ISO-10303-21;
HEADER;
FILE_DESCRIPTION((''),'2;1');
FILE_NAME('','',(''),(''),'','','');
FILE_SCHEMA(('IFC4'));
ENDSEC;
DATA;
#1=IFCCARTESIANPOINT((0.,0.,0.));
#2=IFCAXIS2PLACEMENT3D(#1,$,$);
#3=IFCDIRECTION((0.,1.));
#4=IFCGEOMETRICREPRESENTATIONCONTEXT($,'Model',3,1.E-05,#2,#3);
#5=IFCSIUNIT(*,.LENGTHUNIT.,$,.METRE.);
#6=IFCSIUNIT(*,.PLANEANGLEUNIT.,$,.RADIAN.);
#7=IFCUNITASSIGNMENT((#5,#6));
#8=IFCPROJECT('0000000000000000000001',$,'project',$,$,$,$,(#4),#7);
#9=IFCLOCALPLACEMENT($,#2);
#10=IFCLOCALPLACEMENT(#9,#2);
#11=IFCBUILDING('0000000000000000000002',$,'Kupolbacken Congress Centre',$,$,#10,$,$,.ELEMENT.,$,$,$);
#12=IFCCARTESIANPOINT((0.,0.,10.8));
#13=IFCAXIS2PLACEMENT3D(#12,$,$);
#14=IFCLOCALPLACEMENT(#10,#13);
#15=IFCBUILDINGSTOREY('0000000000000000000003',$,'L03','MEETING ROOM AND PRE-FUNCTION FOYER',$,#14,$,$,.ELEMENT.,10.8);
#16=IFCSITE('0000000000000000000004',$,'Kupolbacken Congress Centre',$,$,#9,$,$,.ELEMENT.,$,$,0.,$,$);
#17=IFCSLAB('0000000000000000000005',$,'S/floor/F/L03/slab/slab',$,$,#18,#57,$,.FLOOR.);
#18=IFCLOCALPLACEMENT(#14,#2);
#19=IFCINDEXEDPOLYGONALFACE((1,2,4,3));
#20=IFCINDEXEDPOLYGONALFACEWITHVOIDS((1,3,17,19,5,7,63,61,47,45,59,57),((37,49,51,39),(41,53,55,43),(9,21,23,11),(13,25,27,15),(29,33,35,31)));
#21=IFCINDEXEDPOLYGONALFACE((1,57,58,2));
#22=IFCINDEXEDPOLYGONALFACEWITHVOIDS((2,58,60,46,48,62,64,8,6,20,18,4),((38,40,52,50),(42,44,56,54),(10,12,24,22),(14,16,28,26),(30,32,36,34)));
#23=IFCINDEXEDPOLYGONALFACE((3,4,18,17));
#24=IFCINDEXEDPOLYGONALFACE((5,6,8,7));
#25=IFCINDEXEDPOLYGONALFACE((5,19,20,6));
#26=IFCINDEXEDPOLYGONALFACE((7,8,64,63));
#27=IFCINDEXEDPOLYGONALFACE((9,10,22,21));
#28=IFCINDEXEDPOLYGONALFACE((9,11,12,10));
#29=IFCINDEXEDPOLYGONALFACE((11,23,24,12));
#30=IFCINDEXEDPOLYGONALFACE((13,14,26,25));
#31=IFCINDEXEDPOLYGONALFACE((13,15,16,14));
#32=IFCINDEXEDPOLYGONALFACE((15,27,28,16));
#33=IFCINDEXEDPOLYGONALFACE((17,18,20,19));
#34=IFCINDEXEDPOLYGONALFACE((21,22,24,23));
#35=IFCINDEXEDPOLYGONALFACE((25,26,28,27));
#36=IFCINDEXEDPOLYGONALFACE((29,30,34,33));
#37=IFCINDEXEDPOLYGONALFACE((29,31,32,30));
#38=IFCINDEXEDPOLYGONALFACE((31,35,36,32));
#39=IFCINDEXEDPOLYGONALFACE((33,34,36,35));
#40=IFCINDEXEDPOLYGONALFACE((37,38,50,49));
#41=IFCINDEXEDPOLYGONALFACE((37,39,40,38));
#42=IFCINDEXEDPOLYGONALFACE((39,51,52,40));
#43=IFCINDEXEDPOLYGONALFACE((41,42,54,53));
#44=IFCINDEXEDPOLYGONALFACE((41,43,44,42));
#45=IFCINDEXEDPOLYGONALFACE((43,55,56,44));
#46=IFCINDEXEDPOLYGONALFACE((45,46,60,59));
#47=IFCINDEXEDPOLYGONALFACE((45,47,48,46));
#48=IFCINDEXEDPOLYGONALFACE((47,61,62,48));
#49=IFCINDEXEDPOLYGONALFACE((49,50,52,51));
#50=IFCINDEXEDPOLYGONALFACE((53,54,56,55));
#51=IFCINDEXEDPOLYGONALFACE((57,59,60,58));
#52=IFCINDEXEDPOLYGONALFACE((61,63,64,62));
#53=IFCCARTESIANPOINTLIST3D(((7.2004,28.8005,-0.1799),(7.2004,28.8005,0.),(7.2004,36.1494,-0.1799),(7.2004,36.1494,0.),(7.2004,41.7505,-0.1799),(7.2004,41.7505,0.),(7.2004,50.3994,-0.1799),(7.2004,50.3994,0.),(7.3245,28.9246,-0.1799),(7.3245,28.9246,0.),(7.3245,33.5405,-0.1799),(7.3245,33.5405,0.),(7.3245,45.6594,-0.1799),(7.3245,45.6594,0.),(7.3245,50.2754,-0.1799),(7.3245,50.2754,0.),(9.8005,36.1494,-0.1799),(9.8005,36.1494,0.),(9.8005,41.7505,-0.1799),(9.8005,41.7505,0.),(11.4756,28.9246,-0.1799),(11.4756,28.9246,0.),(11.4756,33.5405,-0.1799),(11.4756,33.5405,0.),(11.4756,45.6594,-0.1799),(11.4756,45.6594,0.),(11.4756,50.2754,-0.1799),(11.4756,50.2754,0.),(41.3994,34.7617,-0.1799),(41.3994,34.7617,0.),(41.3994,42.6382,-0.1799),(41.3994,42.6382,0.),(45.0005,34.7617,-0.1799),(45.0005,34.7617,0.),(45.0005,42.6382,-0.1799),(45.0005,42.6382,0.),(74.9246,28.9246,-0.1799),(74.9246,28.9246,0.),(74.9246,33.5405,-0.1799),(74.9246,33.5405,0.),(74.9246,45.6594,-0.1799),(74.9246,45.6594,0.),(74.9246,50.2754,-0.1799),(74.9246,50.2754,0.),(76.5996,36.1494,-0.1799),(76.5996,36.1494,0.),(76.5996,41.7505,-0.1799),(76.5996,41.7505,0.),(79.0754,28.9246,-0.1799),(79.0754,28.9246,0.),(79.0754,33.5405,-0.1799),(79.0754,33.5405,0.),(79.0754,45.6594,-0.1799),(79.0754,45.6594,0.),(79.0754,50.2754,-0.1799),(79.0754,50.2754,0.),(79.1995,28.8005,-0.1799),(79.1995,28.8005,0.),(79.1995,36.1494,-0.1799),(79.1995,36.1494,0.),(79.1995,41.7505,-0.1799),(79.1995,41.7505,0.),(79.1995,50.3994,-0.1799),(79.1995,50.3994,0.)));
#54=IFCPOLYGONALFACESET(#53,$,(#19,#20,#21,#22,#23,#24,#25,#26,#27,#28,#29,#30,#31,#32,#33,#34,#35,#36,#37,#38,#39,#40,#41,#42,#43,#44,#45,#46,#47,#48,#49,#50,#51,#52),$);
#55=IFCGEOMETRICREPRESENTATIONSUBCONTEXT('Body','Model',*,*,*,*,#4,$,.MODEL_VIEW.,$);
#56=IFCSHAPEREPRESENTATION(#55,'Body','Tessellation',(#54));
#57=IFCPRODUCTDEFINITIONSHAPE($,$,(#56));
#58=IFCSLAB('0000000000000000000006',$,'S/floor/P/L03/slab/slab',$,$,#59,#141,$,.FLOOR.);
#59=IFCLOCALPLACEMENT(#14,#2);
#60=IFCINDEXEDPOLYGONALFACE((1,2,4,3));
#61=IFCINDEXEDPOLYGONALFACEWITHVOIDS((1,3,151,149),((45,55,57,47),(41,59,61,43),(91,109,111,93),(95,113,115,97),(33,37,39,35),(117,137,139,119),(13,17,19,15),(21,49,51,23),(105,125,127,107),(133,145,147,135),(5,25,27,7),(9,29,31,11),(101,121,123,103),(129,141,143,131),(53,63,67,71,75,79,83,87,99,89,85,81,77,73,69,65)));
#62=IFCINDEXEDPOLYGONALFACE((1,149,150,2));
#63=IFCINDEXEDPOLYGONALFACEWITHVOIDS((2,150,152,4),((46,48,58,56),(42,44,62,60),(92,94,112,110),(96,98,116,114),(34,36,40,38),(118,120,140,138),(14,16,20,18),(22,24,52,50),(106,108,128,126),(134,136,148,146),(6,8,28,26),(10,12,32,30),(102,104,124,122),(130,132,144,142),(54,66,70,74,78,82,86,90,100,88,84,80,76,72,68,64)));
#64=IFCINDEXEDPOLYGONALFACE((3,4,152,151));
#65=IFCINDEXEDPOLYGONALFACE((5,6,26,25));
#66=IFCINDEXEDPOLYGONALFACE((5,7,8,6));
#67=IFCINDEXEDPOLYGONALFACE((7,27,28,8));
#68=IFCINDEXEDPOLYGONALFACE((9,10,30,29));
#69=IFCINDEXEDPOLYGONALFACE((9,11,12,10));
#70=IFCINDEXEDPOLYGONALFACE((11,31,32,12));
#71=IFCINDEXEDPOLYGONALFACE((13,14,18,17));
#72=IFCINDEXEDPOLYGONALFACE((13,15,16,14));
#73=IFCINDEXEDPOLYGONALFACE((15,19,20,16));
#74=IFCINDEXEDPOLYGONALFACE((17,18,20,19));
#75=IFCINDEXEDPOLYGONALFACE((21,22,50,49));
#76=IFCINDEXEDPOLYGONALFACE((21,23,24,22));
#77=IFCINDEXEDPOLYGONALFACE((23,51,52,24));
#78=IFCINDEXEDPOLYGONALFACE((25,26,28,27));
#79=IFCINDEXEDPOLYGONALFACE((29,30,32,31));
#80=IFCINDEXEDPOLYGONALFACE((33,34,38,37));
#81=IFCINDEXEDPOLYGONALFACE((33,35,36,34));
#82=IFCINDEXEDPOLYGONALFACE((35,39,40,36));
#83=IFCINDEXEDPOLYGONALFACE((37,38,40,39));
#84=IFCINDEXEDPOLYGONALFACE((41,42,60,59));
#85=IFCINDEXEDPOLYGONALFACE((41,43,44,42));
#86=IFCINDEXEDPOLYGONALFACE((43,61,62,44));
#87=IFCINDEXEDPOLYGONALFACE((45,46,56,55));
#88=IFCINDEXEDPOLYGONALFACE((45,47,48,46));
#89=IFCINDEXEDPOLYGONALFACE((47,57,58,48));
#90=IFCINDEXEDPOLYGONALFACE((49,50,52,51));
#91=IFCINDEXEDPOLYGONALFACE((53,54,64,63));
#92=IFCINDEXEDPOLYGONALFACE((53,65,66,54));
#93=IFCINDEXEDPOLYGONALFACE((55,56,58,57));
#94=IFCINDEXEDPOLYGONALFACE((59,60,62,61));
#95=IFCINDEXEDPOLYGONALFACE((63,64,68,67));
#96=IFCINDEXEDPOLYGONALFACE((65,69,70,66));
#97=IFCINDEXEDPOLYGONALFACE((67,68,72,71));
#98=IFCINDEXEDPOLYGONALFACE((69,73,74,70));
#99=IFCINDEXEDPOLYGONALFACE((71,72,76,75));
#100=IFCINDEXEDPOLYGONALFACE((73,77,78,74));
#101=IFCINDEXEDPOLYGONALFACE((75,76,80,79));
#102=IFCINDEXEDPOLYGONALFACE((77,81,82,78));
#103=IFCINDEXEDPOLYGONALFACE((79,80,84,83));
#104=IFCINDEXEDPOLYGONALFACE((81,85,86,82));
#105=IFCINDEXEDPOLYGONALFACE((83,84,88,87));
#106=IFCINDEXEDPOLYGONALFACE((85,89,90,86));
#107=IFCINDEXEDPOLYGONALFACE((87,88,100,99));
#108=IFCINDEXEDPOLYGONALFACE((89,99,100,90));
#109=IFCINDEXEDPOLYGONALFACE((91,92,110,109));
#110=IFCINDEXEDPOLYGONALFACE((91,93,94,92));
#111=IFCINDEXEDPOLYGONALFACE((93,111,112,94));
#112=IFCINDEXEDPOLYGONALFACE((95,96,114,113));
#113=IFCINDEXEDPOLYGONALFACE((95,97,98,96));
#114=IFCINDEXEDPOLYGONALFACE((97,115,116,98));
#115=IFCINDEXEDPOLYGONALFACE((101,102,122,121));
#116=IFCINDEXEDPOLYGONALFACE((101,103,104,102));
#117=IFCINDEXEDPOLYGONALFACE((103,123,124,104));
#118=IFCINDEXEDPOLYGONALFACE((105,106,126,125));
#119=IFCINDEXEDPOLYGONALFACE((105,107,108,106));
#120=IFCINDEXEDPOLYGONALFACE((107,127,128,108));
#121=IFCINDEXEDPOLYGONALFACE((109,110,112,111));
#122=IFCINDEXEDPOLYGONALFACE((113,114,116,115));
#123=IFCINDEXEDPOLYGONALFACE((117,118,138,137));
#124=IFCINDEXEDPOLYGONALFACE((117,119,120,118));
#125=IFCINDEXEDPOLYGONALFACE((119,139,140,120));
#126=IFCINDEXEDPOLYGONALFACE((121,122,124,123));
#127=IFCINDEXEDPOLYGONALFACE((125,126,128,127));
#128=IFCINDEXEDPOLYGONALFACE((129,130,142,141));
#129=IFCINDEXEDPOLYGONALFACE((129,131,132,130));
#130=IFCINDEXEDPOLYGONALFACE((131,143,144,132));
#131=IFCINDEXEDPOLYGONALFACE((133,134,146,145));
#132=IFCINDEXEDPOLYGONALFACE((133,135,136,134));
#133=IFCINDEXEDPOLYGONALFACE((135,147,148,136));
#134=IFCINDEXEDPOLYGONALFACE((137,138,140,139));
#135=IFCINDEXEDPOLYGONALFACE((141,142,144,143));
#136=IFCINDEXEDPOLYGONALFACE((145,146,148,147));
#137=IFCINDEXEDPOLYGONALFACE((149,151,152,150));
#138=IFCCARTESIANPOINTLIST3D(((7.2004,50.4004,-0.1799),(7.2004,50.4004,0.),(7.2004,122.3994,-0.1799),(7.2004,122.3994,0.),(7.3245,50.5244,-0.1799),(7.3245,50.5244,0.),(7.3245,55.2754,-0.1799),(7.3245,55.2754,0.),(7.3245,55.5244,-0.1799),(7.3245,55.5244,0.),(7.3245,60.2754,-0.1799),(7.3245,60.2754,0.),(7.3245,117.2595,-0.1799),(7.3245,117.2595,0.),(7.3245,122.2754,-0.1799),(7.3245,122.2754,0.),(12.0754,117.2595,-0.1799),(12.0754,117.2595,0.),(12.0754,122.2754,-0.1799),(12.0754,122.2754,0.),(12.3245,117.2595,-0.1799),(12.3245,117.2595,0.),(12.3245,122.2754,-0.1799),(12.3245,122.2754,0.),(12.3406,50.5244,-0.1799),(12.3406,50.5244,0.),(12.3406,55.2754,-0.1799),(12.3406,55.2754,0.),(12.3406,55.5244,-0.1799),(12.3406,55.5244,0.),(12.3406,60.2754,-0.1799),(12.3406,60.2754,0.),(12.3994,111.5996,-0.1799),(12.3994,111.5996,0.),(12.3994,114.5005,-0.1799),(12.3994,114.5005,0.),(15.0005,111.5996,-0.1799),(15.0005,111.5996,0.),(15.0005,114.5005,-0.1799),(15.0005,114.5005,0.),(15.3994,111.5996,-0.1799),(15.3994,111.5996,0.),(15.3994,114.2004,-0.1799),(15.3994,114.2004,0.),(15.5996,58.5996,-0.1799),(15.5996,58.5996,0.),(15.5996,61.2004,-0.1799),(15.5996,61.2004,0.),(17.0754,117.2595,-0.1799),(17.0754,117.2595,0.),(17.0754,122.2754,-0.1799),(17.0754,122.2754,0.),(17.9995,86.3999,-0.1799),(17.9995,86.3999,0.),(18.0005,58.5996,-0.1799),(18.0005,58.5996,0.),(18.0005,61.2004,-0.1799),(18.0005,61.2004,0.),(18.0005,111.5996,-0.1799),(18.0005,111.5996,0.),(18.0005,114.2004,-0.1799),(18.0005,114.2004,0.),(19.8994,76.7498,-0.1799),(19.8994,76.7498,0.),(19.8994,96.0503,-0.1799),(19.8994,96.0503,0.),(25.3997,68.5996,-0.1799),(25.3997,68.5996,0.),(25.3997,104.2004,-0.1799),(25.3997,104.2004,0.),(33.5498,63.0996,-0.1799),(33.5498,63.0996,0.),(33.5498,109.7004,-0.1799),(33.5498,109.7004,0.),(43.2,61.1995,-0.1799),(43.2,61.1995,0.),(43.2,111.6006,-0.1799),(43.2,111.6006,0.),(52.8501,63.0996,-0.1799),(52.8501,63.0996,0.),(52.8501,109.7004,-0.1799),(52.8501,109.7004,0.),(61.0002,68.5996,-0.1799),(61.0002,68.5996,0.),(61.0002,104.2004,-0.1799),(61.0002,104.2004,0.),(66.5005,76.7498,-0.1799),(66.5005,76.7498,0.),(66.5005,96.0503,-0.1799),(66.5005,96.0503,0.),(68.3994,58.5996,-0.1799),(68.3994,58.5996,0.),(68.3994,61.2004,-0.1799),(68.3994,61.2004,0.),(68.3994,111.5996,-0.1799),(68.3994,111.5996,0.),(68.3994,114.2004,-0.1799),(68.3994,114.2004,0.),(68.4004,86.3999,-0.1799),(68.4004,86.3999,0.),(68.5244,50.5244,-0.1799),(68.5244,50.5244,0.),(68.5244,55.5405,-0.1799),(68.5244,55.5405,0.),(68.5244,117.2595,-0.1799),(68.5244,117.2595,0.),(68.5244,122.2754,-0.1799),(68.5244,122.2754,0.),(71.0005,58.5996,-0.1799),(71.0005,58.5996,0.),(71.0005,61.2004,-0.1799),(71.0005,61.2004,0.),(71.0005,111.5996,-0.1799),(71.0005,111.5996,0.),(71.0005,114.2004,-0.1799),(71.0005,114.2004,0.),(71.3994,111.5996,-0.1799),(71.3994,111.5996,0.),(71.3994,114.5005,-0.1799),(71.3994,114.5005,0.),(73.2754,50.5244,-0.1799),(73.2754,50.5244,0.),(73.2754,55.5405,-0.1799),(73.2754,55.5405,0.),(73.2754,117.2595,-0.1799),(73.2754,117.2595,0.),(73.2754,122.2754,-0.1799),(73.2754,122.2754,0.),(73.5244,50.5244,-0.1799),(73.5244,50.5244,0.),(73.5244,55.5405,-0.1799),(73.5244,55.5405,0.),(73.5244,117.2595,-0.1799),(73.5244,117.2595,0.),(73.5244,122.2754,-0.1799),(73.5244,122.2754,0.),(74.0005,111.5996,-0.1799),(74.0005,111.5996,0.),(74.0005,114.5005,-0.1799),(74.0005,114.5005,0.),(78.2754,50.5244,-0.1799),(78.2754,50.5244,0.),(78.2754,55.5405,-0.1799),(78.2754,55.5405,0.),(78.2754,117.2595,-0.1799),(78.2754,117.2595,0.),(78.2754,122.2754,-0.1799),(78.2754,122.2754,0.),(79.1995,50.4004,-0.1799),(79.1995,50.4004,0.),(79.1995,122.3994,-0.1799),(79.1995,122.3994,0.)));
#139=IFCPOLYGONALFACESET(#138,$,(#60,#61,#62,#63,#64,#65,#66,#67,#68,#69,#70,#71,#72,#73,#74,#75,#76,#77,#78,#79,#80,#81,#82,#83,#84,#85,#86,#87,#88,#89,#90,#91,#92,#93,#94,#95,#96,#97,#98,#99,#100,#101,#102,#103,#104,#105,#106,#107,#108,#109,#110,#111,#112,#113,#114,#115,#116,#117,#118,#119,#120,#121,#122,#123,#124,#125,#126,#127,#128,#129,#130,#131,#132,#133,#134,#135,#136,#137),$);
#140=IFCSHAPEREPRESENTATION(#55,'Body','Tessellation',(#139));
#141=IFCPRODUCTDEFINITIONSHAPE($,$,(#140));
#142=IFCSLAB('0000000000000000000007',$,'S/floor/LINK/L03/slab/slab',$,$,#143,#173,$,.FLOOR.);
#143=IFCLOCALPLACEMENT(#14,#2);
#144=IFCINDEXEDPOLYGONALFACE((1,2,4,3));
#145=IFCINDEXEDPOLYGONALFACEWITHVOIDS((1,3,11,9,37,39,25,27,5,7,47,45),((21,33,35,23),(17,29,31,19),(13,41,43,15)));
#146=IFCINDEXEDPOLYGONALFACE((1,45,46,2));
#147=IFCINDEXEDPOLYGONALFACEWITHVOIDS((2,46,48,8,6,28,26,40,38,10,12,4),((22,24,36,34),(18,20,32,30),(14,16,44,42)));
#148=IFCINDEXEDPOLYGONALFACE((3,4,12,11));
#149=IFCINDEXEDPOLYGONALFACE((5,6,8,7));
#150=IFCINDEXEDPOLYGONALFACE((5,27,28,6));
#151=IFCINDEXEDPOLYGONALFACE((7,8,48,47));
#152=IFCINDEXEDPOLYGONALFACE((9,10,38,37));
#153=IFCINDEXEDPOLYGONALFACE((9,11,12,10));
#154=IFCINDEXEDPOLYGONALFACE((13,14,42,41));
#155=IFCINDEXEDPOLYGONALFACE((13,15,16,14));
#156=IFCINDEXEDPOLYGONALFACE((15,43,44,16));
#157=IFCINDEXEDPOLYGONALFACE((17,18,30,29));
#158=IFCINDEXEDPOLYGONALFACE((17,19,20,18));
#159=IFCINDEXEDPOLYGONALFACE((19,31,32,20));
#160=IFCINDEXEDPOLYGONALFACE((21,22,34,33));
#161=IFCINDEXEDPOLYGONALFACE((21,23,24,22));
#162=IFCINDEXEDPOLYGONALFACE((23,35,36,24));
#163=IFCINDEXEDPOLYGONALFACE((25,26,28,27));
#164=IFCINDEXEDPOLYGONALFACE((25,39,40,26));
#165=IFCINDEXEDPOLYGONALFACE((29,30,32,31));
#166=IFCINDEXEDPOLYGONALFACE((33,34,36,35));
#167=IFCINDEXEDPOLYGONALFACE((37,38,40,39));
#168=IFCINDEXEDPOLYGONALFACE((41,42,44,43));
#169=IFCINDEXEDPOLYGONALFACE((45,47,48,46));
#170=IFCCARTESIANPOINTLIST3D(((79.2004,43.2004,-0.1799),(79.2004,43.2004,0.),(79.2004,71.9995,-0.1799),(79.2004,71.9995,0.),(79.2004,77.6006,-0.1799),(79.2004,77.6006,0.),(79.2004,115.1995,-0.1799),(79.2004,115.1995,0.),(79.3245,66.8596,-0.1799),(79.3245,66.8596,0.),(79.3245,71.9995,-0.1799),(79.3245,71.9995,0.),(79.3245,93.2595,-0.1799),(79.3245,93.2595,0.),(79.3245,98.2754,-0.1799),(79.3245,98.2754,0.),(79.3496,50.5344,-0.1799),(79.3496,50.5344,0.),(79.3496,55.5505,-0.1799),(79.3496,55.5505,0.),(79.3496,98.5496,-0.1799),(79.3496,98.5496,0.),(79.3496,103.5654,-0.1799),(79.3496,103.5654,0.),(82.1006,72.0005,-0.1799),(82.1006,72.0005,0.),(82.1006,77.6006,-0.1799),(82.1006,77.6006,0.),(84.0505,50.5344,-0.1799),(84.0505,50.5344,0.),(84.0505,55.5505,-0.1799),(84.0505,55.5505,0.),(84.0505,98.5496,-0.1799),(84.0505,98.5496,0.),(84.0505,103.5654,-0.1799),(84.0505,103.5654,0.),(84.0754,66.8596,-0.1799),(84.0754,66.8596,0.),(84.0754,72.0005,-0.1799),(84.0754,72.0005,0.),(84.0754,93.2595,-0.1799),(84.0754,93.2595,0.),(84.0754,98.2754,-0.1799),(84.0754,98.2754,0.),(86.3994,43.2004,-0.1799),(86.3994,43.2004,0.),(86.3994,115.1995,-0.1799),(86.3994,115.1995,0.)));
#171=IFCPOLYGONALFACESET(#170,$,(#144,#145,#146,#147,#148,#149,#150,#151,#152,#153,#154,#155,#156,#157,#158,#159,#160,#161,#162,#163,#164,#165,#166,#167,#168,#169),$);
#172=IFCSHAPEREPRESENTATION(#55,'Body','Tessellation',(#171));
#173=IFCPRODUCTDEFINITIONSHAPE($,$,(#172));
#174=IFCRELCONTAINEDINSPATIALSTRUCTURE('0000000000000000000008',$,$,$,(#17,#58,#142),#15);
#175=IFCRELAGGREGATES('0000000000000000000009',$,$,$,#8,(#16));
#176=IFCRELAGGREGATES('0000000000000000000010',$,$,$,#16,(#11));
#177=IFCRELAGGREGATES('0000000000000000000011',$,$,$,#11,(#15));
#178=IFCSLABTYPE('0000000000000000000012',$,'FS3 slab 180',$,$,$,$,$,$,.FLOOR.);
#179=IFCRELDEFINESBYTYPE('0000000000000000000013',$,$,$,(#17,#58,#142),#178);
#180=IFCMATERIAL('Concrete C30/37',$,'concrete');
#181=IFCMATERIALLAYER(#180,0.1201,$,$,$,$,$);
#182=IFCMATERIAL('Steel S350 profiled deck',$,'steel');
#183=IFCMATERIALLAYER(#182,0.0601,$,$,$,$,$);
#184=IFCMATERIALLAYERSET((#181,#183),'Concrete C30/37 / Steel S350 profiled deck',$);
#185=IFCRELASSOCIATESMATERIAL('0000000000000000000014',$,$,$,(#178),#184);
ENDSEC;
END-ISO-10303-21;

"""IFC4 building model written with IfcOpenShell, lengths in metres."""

from ifc_helpers import new_model, si_unit, direction, frame, origin, place, context, subcontext, project, spatial, polyline, outline, extrude, material, layer, layer_set, type_object, element, save


model = new_model("IFC4")

# Units and contexts
model_context = context("Model", 3, precision=1e-05, world=origin(), true_north=direction((0.0, 1.0)))
body_context = subcontext(model_context, "Body", "Model", "MODEL_VIEW")
ifc_project = project(units=[si_unit("LENGTHUNIT", "METRE"), si_unit("PLANEANGLEUNIT", "RADIAN")], contexts=[model_context])

# Site, building, storey
site_placement = place(None, origin())
site = spatial("IfcSite", under=ifc_project, at=site_placement, Name="Kupolbacken Congress Centre", CompositionType="ELEMENT", RefElevation=0.0)
building_placement = place(site_placement, origin())
building = spatial("IfcBuilding", under=site, at=building_placement, Name="Kupolbacken Congress Centre", CompositionType="ELEMENT")
storey_placement = place(building_placement, frame((0.0, 0.0, 10.8)))
storey = spatial("IfcBuildingStorey", under=building, at=storey_placement, Name="L03", Description="MEETING ROOM AND PRE-FUNCTION FOYER", CompositionType="ELEMENT", Elevation=10.8)

# Slabs
ifc_material_1 = material(Name="Concrete C30/37", Category="concrete")
ifc_layer_1 = layer(ifc_material_1, 0.1201)
ifc_material_2 = material(Name="Steel S350 profiled deck", Category="steel")
ifc_layer_2 = layer(ifc_material_2, 0.0601)
ifc_layer_set_1 = layer_set([ifc_layer_1, ifc_layer_2], Name="Concrete C30/37 / Steel S350 profiled deck")
slab_type_1 = type_object("IfcSlabType", Name="FS3 slab 180", PredefinedType="FLOOR", material=ifc_layer_set_1)
slab_1_placement = place(storey_placement, frame((0.0, 0.0, -0.1799)))
element("IfcSlab", 1, at=slab_1_placement, inside=storey, type_object=slab_type_1, Name="S/floor/F/L03/slab/slab", PredefinedType="FLOOR", context=body_context, shape_type="SweptSolid", body=[
    extrude(outline(polyline([(79.1995, 28.8005), (79.1995, 36.1494), (76.5996, 36.1494), (76.5996, 41.7505), (79.1995, 41.7505), (79.1995, 50.3994), (7.2004, 50.3994), (7.2004, 41.7505), (9.8005, 41.7505), (9.8005, 36.1494), (7.2004, 36.1494), (7.2004, 28.8005), (79.1995, 28.8005)]), holes=[polyline([(79.0754, 33.5405), (79.0754, 28.9246), (74.9246, 28.9246), (74.9246, 33.5405), (79.0754, 33.5405)]), polyline([(79.0754, 45.6594), (74.9246, 45.6594), (74.9246, 50.2754), (79.0754, 50.2754), (79.0754, 45.6594)]), polyline([(41.3994, 34.7617), (41.3994, 42.6382), (45.0005, 42.6382), (45.0005, 34.7617), (41.3994, 34.7617)]), polyline([(7.3245, 33.5405), (11.4756, 33.5405), (11.4756, 28.9246), (7.3245, 28.9246), (7.3245, 33.5405)]), polyline([(11.4756, 45.6594), (7.3245, 45.6594), (7.3245, 50.2754), (11.4756, 50.2754), (11.4756, 45.6594)])]), origin(), (0.0, 0.0, 1.0), 0.1799),
])
slab_2_placement = place(storey_placement, frame((0.0, 0.0, -0.1799)))
element("IfcSlab", 2, at=slab_2_placement, inside=storey, type_object=slab_type_1, Name="S/floor/P/L03/slab/slab", PredefinedType="FLOOR", context=body_context, shape_type="SweptSolid", body=[
    extrude(outline(polyline([(7.2004, 50.4004), (79.1995, 50.4004), (79.1995, 122.3994), (7.2004, 122.3994), (7.2004, 50.4004)]), holes=[polyline([(73.5244, 50.5244), (73.5244, 55.5405), (78.2754, 55.5405), (78.2754, 50.5244), (73.5244, 50.5244)]), polyline([(73.5244, 117.2595), (73.5244, 122.2754), (78.2754, 122.2754), (78.2754, 117.2595), (73.5244, 117.2595)]), polyline([(71.3994, 111.5996), (71.3994, 114.5005), (74.0005, 114.5005), (74.0005, 111.5996), (71.3994, 111.5996)]), polyline([(73.2754, 50.5244), (68.5244, 50.5244), (68.5244, 55.5405), (73.2754, 55.5405), (73.2754, 50.5244)]), polyline([(68.5244, 117.2595), (68.5244, 122.2754), (73.2754, 122.2754), (73.2754, 117.2595), (68.5244, 117.2595)]), polyline([(68.3994, 58.5996), (68.3994, 61.2004), (71.0005, 61.2004), (71.0005, 58.5996), (68.3994, 58.5996)]), polyline([(68.3994, 111.5996), (68.3994, 114.2004), (71.0005, 114.2004), (71.0005, 111.5996), (68.3994, 111.5996)]), polyline([(52.8501, 63.0996), (43.2, 61.1995), (33.5498, 63.0996), (25.3997, 68.5996), (19.8994, 76.7498), (17.9995, 86.3999), (19.8994, 96.0503), (25.3997, 104.2004), (33.5498, 109.7004), (43.2, 111.6006), (52.8501, 109.7004), (61.0002, 104.2004), (66.5005, 96.0503), (68.4004, 86.3999), (66.5005, 76.7498), (61.0002, 68.5996), (52.8501, 63.0996)]), polyline([(15.5996, 58.5996), (15.5996, 61.2004), (18.0005, 61.2004), (18.0005, 58.5996), (15.5996, 58.5996)]), polyline([(15.3994, 111.5996), (15.3994, 114.2004), (18.0005, 114.2004), (18.0005, 111.5996), (15.3994, 111.5996)]), polyline([(12.3245, 117.2595), (12.3245, 122.2754), (17.0754, 122.2754), (17.0754, 117.2595), (12.3245, 117.2595)]), polyline([(12.3994, 111.5996), (12.3994, 114.5005), (15.0005, 114.5005), (15.0005, 111.5996), (12.3994, 111.5996)]), polyline([(12.3406, 55.2754), (12.3406, 50.5244), (7.3245, 50.5244), (7.3245, 55.2754), (12.3406, 55.2754)]), polyline([(7.3245, 55.5244), (7.3245, 60.2754), (12.3406, 60.2754), (12.3406, 55.5244), (7.3245, 55.5244)]), polyline([(7.3245, 117.2595), (7.3245, 122.2754), (12.0754, 122.2754), (12.0754, 117.2595), (7.3245, 117.2595)])]), origin(), (0.0, 0.0, 1.0), 0.1799),
])
slab_3_placement = place(storey_placement, frame((0.0, 0.0, -0.1799)))
element("IfcSlab", 3, at=slab_3_placement, inside=storey, type_object=slab_type_1, Name="S/floor/LINK/L03/slab/slab", PredefinedType="FLOOR", context=body_context, shape_type="SweptSolid", body=[
    extrude(outline(polyline([(86.3994, 43.2004), (86.3994, 115.1995), (79.2004, 115.1995), (79.2004, 77.6006), (82.1006, 77.6006), (82.1006, 72.0005), (84.0754, 72.0005), (84.0754, 66.8596), (79.3245, 66.8596), (79.3245, 71.9995), (79.2004, 71.9995), (79.2004, 43.2004), (86.3994, 43.2004)]), holes=[polyline([(79.3245, 98.2754), (84.0754, 98.2754), (84.0754, 93.2595), (79.3245, 93.2595), (79.3245, 98.2754)]), polyline([(79.3496, 103.5654), (84.0505, 103.5654), (84.0505, 98.5496), (79.3496, 98.5496), (79.3496, 103.5654)]), polyline([(79.3496, 50.5344), (79.3496, 55.5505), (84.0505, 55.5505), (84.0505, 50.5344), (79.3496, 50.5344)])]), origin(), (0.0, 0.0, 1.0), 0.1799),
])

save(model, "model.ifc")
